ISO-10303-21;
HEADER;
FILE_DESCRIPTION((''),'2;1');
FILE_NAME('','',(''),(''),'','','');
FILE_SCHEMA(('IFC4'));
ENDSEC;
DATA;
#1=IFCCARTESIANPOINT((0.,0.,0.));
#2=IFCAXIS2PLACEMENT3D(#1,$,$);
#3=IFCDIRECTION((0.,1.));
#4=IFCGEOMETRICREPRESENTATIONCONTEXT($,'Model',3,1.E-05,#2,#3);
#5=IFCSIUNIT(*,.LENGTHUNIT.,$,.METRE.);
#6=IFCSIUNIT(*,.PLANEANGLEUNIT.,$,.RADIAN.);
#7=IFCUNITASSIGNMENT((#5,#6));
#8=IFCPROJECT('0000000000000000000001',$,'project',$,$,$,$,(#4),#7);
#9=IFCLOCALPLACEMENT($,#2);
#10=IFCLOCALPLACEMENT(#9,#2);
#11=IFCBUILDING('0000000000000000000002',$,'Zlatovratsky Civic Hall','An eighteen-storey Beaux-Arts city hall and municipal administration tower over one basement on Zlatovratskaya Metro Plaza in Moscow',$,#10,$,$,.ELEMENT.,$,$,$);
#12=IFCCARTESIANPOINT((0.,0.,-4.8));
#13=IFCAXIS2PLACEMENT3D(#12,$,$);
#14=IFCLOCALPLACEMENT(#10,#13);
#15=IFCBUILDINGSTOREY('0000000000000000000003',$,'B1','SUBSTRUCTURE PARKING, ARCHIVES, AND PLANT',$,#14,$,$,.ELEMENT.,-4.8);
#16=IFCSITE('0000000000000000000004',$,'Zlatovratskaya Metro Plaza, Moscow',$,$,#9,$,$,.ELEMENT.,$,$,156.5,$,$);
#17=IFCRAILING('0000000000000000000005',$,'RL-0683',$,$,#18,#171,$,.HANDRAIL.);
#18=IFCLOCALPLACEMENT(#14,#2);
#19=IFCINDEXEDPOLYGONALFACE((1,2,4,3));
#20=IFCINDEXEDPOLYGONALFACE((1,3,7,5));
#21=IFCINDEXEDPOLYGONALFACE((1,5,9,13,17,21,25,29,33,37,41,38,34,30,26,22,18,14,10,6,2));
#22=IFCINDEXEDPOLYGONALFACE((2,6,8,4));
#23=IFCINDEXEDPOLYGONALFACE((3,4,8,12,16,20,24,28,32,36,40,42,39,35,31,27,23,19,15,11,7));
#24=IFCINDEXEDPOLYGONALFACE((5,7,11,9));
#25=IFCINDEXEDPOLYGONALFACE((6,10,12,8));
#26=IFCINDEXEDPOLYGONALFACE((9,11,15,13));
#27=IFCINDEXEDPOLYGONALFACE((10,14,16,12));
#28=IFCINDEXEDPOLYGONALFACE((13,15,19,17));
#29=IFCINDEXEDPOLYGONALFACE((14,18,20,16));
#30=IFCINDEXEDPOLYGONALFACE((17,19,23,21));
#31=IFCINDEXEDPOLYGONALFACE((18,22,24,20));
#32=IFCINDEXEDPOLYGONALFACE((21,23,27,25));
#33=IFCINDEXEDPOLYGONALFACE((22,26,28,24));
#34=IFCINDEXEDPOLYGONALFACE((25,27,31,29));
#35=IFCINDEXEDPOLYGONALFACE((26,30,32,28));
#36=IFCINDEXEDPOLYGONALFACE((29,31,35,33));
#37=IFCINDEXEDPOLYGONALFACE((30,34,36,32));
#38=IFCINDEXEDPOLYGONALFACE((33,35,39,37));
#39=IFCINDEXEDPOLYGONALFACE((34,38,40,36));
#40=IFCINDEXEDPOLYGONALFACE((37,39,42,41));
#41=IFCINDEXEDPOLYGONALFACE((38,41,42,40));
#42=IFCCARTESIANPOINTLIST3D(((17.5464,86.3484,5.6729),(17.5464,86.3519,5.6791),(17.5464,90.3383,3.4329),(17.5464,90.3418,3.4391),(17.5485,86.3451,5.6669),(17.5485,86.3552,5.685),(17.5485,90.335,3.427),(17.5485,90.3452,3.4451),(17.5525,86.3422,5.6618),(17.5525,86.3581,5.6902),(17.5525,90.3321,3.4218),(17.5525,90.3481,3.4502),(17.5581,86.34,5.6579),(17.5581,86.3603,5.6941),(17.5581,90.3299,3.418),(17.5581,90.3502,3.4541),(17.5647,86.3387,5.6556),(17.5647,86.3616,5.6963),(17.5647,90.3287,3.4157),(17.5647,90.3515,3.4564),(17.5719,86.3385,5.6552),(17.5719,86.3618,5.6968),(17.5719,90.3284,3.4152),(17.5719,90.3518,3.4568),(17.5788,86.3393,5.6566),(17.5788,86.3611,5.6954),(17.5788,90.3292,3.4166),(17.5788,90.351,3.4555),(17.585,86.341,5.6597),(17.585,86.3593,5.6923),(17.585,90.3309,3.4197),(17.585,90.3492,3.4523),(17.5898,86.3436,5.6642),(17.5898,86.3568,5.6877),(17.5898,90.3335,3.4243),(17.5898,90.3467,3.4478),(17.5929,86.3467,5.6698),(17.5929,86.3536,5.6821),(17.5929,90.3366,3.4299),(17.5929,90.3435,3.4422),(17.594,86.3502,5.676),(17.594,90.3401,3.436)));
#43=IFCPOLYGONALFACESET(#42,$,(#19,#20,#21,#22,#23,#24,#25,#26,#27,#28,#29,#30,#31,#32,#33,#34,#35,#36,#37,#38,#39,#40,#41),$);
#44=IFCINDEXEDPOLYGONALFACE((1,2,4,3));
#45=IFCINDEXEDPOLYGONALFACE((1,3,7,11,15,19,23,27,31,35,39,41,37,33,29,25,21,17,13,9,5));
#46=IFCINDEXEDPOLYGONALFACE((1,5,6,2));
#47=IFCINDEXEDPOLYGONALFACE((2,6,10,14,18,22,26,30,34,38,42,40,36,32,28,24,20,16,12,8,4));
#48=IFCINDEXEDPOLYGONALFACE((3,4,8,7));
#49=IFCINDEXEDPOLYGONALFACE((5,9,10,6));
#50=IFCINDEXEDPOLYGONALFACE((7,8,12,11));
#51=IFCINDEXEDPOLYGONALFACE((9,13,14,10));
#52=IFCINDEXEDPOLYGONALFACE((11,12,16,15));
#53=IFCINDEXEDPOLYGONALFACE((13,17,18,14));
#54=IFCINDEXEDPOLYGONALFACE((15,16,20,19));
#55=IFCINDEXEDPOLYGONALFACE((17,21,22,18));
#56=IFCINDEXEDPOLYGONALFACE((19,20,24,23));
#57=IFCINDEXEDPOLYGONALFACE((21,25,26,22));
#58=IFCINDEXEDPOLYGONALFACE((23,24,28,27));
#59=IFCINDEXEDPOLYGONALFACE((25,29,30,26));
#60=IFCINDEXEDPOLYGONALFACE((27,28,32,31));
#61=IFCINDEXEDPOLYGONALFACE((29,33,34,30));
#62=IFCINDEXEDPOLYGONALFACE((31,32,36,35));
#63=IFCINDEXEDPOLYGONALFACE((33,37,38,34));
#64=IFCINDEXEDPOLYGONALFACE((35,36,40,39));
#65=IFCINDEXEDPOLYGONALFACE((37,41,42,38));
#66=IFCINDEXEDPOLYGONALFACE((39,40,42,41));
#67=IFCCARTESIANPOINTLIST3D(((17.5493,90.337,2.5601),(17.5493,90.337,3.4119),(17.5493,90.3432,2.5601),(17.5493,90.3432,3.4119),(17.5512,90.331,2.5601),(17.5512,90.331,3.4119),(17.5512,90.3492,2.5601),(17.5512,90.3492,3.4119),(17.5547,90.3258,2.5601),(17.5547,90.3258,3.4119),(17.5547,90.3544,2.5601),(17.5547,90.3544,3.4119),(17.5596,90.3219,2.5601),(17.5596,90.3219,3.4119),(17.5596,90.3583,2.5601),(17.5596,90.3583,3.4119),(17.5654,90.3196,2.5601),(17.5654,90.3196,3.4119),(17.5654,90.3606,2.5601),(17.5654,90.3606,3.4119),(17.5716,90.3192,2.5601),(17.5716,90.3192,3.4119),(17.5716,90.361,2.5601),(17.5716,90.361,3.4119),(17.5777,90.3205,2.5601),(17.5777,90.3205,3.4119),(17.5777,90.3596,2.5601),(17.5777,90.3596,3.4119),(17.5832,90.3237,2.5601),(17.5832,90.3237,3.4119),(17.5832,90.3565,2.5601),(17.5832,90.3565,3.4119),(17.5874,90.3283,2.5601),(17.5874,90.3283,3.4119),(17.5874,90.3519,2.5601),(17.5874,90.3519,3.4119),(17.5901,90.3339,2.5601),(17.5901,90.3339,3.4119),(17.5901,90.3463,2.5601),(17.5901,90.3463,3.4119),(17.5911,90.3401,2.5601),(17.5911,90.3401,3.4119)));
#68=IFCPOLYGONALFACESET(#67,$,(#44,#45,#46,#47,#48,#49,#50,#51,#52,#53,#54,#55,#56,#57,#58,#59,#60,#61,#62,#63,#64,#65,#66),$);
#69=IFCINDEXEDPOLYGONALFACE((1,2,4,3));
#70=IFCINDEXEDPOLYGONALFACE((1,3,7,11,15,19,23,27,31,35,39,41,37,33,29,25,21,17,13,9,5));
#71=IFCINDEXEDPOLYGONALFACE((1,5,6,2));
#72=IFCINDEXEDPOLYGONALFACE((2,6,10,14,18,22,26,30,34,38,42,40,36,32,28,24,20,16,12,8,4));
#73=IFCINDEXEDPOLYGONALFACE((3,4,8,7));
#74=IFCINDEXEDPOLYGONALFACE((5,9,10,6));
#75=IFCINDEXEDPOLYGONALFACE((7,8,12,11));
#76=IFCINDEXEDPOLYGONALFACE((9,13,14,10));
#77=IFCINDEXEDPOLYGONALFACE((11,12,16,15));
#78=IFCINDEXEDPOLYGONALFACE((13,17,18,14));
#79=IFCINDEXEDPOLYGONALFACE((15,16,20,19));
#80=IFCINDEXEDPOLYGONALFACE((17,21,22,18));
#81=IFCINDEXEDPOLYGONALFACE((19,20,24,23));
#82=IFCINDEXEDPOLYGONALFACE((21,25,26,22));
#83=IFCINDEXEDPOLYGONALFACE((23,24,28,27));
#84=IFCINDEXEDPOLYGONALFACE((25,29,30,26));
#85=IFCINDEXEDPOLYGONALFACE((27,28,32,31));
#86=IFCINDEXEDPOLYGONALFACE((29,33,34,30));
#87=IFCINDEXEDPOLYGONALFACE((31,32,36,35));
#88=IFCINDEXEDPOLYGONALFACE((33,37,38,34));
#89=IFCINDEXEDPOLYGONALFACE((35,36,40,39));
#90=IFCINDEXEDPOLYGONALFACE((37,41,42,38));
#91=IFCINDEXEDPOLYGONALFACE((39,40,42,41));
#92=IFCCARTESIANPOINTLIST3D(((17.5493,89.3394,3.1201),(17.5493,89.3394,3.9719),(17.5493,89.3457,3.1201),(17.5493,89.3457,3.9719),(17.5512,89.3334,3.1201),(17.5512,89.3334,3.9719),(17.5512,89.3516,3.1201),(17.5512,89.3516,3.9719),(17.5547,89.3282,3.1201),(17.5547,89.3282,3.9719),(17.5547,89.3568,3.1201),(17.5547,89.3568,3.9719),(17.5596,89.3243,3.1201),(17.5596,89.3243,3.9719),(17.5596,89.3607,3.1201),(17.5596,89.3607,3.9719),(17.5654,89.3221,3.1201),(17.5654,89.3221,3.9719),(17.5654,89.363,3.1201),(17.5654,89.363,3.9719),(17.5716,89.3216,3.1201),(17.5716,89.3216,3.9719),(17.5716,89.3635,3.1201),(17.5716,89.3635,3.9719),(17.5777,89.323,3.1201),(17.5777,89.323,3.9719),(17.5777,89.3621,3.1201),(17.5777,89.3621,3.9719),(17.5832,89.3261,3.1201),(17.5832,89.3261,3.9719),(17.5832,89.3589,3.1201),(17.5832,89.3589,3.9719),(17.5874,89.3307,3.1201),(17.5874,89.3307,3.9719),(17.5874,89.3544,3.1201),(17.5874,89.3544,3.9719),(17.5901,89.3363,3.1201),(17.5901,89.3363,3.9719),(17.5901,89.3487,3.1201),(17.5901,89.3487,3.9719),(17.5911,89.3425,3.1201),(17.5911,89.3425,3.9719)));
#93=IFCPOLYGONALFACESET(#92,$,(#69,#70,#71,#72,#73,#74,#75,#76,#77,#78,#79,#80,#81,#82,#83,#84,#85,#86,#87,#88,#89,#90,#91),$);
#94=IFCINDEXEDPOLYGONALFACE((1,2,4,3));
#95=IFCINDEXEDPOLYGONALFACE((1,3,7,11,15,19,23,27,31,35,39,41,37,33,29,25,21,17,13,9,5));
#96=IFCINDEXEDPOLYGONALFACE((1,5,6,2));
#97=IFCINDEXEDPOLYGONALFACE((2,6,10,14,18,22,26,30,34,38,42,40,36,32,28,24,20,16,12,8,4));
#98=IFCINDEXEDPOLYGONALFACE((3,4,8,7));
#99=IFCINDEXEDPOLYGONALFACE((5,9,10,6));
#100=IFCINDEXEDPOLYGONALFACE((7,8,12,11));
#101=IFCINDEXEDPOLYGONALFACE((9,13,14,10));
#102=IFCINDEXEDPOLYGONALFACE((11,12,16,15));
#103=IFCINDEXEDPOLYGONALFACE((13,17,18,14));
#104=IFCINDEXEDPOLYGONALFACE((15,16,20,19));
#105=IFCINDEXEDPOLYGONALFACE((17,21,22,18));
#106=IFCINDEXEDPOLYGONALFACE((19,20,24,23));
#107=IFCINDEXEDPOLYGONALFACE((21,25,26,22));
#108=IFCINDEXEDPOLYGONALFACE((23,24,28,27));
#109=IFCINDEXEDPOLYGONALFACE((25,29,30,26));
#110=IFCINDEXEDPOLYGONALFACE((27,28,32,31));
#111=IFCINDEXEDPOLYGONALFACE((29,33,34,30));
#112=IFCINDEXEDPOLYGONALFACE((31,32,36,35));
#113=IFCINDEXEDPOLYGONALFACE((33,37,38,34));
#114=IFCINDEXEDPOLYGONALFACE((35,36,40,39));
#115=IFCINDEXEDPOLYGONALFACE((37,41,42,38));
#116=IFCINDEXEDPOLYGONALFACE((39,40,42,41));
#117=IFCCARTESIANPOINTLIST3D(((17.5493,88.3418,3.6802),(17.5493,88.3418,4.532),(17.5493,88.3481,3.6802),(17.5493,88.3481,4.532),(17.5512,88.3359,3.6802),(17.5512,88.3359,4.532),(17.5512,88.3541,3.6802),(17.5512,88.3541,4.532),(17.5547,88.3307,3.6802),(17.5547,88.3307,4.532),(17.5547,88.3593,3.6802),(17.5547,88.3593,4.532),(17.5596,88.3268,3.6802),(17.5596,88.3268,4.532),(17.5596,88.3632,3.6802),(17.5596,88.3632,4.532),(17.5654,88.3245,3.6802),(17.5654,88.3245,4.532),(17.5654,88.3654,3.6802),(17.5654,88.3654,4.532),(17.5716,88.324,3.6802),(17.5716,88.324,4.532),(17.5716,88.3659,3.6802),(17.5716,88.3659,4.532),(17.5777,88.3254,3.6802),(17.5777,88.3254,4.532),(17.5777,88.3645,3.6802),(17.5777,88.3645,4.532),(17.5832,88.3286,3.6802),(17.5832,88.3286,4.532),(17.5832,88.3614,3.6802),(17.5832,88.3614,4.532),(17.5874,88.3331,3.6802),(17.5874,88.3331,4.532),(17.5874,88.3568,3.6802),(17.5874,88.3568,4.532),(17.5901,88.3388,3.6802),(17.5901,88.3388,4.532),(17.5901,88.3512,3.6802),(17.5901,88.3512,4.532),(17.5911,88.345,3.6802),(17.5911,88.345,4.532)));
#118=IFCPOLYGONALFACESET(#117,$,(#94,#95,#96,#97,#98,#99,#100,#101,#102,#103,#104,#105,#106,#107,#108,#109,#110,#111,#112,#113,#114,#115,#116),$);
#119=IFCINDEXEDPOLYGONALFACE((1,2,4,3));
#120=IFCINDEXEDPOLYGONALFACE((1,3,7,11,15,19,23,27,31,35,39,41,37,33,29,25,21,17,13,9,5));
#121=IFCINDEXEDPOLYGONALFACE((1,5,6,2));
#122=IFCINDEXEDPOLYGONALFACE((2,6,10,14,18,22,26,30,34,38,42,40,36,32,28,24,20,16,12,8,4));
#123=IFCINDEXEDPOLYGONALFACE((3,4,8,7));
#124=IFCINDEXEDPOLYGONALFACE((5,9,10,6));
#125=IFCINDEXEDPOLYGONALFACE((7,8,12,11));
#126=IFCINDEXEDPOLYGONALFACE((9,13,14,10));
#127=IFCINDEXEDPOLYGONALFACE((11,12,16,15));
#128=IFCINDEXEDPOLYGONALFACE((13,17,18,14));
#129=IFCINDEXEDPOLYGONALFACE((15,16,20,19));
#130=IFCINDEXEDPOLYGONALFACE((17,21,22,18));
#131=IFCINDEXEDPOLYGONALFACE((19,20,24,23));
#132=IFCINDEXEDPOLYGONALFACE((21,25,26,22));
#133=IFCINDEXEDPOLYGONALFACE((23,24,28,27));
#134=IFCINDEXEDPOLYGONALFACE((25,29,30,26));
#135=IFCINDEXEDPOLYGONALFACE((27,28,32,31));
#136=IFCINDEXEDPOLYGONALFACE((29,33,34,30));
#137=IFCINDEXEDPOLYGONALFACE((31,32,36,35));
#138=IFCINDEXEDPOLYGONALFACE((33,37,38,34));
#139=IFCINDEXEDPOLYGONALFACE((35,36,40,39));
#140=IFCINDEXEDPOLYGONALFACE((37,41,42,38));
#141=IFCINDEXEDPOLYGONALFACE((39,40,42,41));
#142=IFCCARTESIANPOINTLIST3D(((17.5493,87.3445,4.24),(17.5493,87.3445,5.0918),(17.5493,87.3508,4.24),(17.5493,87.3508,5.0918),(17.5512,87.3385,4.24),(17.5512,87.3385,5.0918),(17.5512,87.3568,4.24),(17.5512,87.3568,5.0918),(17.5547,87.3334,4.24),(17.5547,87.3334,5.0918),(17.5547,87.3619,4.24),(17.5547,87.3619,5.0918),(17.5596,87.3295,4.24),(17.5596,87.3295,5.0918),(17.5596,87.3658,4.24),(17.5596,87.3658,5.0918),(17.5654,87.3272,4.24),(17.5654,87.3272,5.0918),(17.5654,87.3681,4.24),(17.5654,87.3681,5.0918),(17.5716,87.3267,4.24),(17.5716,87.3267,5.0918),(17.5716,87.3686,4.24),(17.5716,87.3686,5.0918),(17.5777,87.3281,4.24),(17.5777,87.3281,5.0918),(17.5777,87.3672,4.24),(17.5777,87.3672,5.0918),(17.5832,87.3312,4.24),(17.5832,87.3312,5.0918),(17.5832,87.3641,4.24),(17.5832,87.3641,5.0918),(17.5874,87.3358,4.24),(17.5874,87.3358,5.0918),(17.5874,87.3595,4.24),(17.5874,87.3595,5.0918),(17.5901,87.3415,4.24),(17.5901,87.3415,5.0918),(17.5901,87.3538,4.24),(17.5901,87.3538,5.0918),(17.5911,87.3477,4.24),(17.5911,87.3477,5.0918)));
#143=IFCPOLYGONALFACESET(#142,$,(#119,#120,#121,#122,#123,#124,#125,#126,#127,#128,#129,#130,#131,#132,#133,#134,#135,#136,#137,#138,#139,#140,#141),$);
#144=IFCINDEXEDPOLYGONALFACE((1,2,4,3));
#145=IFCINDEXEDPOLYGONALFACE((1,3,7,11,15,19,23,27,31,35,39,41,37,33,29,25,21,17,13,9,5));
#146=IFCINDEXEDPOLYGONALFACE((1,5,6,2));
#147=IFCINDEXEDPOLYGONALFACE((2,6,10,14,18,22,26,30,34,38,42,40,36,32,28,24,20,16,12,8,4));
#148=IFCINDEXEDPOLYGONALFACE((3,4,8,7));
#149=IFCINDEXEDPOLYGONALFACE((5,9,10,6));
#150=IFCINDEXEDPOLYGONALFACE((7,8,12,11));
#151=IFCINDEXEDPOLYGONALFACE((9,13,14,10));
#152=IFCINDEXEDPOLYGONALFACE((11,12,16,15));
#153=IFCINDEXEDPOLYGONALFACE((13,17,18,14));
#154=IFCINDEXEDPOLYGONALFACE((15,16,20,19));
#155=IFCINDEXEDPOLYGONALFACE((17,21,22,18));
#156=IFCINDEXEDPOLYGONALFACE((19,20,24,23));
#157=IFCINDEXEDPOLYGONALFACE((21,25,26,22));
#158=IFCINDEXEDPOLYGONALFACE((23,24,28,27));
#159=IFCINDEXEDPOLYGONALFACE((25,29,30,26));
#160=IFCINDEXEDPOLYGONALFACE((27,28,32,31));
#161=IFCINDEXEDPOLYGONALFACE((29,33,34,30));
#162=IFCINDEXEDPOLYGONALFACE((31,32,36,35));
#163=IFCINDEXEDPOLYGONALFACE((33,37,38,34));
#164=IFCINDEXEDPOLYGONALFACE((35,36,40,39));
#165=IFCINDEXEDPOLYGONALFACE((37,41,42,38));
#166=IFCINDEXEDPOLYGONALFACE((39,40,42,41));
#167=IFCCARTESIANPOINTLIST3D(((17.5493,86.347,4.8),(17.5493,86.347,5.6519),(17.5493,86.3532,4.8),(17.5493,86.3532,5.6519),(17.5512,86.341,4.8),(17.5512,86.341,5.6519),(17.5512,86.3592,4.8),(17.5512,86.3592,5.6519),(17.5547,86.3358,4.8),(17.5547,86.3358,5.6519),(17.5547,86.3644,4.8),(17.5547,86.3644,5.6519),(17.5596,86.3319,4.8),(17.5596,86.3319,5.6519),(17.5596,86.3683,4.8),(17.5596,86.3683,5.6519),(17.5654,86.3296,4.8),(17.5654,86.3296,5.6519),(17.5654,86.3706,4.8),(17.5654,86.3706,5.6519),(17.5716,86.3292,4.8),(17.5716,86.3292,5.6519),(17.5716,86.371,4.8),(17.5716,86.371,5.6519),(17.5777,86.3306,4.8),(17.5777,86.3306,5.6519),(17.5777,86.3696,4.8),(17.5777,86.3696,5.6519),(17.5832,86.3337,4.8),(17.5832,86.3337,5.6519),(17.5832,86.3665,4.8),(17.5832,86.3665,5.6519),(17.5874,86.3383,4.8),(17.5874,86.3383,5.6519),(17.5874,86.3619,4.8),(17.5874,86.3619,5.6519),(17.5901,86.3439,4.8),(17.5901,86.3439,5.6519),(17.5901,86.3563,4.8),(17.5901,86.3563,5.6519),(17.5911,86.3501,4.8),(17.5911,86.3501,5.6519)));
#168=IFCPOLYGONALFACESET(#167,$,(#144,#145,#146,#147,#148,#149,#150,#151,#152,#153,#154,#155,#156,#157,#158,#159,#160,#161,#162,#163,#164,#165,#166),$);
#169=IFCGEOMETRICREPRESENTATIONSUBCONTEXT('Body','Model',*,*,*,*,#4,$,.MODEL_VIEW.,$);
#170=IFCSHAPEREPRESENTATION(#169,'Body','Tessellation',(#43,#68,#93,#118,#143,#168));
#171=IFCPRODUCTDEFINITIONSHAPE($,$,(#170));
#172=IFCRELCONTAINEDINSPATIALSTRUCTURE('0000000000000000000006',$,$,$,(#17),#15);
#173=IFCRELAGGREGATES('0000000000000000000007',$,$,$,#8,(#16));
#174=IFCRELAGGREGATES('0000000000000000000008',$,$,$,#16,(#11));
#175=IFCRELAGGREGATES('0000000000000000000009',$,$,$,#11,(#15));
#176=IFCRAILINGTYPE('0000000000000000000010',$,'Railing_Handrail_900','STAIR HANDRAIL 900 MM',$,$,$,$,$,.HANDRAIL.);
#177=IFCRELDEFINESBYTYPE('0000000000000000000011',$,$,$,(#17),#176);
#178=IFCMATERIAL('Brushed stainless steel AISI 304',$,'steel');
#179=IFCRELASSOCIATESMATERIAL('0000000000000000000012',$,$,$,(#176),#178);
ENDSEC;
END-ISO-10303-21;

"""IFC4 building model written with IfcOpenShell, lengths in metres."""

from ifc_helpers import new_model, si_unit, direction, frame, origin, origin_2d, place, context, subcontext, project, spatial, circle, extrude, material, type_object, element, save


model = new_model("IFC4")

# Units and contexts
model_context = context("Model", 3, precision=1e-05, world=origin(), true_north=direction((0.0, 1.0)))
body_context = subcontext(model_context, "Body", "Model", "MODEL_VIEW")
ifc_project = project(units=[si_unit("LENGTHUNIT", "METRE"), si_unit("PLANEANGLEUNIT", "RADIAN")], contexts=[model_context])

# Site, building, storey
site_placement = place(None, origin())
site = spatial("IfcSite", under=ifc_project, at=site_placement, Name="Zlatovratskaya Metro Plaza, Moscow", CompositionType="ELEMENT", RefElevation=156.5)
building_placement = place(site_placement, origin())
building = spatial("IfcBuilding", under=site, at=building_placement, Name="Zlatovratsky Civic Hall", Description="An eighteen-storey Beaux-Arts city hall and municipal administration tower over one basement on Zlatovratskaya Metro Plaza in Moscow", CompositionType="ELEMENT")
storey_placement = place(building_placement, frame((0.0, 0.0, -4.8)))
storey = spatial("IfcBuildingStorey", under=building, at=storey_placement, Name="B1", Description="SUBSTRUCTURE PARKING, ARCHIVES, AND PLANT", CompositionType="ELEMENT", Elevation=-4.8)

# Railing
ifc_material_1 = material(Name="Brushed stainless steel AISI 304", Category="steel")
railing_type_1 = type_object("IfcRailingType", Name="Railing_Handrail_900", Description="STAIR HANDRAIL 900 MM", PredefinedType="HANDRAIL", material=ifc_material_1)
railing_1_placement = place(storey_placement, frame((17.5701, 90.3401, 2.5601)))
element("IfcRailing", 1, at=railing_1_placement, inside=storey, type_object=railing_type_1, Name="RL-0683", PredefinedType="HANDRAIL", context=body_context, shape_type="SweptSolid", body=[
    extrude(circle(Radius=0.0239, at=origin_2d()), frame((0.0, 0.0, 0.876), z_axis=(0.0, -0.871984, 0.489534), x_axis=(1.0, 0.0, 0.0)), (0.0, 0.0, 1.0), 4.5757),
    extrude(circle(Radius=0.021, at=origin_2d()), origin(), (0.0, 0.0, 1.0), 0.8518),
    extrude(circle(Radius=0.021, at=origin_2d()), frame((0.0, -0.9976, 0.5601)), (0.0, 0.0, 1.0), 0.8518),
    extrude(circle(Radius=0.021, at=origin_2d()), frame((0.0, -1.9951, 1.1201)), (0.0, 0.0, 1.0), 0.8518),
    extrude(circle(Radius=0.021, at=origin_2d()), frame((0.0, -2.9924, 1.6799)), (0.0, 0.0, 1.0), 0.8518),
    extrude(circle(Radius=0.021, at=origin_2d()), frame((0.0, -3.99, 2.24)), (0.0, 0.0, 1.0), 0.8518),
])

save(model, "model.ifc")
